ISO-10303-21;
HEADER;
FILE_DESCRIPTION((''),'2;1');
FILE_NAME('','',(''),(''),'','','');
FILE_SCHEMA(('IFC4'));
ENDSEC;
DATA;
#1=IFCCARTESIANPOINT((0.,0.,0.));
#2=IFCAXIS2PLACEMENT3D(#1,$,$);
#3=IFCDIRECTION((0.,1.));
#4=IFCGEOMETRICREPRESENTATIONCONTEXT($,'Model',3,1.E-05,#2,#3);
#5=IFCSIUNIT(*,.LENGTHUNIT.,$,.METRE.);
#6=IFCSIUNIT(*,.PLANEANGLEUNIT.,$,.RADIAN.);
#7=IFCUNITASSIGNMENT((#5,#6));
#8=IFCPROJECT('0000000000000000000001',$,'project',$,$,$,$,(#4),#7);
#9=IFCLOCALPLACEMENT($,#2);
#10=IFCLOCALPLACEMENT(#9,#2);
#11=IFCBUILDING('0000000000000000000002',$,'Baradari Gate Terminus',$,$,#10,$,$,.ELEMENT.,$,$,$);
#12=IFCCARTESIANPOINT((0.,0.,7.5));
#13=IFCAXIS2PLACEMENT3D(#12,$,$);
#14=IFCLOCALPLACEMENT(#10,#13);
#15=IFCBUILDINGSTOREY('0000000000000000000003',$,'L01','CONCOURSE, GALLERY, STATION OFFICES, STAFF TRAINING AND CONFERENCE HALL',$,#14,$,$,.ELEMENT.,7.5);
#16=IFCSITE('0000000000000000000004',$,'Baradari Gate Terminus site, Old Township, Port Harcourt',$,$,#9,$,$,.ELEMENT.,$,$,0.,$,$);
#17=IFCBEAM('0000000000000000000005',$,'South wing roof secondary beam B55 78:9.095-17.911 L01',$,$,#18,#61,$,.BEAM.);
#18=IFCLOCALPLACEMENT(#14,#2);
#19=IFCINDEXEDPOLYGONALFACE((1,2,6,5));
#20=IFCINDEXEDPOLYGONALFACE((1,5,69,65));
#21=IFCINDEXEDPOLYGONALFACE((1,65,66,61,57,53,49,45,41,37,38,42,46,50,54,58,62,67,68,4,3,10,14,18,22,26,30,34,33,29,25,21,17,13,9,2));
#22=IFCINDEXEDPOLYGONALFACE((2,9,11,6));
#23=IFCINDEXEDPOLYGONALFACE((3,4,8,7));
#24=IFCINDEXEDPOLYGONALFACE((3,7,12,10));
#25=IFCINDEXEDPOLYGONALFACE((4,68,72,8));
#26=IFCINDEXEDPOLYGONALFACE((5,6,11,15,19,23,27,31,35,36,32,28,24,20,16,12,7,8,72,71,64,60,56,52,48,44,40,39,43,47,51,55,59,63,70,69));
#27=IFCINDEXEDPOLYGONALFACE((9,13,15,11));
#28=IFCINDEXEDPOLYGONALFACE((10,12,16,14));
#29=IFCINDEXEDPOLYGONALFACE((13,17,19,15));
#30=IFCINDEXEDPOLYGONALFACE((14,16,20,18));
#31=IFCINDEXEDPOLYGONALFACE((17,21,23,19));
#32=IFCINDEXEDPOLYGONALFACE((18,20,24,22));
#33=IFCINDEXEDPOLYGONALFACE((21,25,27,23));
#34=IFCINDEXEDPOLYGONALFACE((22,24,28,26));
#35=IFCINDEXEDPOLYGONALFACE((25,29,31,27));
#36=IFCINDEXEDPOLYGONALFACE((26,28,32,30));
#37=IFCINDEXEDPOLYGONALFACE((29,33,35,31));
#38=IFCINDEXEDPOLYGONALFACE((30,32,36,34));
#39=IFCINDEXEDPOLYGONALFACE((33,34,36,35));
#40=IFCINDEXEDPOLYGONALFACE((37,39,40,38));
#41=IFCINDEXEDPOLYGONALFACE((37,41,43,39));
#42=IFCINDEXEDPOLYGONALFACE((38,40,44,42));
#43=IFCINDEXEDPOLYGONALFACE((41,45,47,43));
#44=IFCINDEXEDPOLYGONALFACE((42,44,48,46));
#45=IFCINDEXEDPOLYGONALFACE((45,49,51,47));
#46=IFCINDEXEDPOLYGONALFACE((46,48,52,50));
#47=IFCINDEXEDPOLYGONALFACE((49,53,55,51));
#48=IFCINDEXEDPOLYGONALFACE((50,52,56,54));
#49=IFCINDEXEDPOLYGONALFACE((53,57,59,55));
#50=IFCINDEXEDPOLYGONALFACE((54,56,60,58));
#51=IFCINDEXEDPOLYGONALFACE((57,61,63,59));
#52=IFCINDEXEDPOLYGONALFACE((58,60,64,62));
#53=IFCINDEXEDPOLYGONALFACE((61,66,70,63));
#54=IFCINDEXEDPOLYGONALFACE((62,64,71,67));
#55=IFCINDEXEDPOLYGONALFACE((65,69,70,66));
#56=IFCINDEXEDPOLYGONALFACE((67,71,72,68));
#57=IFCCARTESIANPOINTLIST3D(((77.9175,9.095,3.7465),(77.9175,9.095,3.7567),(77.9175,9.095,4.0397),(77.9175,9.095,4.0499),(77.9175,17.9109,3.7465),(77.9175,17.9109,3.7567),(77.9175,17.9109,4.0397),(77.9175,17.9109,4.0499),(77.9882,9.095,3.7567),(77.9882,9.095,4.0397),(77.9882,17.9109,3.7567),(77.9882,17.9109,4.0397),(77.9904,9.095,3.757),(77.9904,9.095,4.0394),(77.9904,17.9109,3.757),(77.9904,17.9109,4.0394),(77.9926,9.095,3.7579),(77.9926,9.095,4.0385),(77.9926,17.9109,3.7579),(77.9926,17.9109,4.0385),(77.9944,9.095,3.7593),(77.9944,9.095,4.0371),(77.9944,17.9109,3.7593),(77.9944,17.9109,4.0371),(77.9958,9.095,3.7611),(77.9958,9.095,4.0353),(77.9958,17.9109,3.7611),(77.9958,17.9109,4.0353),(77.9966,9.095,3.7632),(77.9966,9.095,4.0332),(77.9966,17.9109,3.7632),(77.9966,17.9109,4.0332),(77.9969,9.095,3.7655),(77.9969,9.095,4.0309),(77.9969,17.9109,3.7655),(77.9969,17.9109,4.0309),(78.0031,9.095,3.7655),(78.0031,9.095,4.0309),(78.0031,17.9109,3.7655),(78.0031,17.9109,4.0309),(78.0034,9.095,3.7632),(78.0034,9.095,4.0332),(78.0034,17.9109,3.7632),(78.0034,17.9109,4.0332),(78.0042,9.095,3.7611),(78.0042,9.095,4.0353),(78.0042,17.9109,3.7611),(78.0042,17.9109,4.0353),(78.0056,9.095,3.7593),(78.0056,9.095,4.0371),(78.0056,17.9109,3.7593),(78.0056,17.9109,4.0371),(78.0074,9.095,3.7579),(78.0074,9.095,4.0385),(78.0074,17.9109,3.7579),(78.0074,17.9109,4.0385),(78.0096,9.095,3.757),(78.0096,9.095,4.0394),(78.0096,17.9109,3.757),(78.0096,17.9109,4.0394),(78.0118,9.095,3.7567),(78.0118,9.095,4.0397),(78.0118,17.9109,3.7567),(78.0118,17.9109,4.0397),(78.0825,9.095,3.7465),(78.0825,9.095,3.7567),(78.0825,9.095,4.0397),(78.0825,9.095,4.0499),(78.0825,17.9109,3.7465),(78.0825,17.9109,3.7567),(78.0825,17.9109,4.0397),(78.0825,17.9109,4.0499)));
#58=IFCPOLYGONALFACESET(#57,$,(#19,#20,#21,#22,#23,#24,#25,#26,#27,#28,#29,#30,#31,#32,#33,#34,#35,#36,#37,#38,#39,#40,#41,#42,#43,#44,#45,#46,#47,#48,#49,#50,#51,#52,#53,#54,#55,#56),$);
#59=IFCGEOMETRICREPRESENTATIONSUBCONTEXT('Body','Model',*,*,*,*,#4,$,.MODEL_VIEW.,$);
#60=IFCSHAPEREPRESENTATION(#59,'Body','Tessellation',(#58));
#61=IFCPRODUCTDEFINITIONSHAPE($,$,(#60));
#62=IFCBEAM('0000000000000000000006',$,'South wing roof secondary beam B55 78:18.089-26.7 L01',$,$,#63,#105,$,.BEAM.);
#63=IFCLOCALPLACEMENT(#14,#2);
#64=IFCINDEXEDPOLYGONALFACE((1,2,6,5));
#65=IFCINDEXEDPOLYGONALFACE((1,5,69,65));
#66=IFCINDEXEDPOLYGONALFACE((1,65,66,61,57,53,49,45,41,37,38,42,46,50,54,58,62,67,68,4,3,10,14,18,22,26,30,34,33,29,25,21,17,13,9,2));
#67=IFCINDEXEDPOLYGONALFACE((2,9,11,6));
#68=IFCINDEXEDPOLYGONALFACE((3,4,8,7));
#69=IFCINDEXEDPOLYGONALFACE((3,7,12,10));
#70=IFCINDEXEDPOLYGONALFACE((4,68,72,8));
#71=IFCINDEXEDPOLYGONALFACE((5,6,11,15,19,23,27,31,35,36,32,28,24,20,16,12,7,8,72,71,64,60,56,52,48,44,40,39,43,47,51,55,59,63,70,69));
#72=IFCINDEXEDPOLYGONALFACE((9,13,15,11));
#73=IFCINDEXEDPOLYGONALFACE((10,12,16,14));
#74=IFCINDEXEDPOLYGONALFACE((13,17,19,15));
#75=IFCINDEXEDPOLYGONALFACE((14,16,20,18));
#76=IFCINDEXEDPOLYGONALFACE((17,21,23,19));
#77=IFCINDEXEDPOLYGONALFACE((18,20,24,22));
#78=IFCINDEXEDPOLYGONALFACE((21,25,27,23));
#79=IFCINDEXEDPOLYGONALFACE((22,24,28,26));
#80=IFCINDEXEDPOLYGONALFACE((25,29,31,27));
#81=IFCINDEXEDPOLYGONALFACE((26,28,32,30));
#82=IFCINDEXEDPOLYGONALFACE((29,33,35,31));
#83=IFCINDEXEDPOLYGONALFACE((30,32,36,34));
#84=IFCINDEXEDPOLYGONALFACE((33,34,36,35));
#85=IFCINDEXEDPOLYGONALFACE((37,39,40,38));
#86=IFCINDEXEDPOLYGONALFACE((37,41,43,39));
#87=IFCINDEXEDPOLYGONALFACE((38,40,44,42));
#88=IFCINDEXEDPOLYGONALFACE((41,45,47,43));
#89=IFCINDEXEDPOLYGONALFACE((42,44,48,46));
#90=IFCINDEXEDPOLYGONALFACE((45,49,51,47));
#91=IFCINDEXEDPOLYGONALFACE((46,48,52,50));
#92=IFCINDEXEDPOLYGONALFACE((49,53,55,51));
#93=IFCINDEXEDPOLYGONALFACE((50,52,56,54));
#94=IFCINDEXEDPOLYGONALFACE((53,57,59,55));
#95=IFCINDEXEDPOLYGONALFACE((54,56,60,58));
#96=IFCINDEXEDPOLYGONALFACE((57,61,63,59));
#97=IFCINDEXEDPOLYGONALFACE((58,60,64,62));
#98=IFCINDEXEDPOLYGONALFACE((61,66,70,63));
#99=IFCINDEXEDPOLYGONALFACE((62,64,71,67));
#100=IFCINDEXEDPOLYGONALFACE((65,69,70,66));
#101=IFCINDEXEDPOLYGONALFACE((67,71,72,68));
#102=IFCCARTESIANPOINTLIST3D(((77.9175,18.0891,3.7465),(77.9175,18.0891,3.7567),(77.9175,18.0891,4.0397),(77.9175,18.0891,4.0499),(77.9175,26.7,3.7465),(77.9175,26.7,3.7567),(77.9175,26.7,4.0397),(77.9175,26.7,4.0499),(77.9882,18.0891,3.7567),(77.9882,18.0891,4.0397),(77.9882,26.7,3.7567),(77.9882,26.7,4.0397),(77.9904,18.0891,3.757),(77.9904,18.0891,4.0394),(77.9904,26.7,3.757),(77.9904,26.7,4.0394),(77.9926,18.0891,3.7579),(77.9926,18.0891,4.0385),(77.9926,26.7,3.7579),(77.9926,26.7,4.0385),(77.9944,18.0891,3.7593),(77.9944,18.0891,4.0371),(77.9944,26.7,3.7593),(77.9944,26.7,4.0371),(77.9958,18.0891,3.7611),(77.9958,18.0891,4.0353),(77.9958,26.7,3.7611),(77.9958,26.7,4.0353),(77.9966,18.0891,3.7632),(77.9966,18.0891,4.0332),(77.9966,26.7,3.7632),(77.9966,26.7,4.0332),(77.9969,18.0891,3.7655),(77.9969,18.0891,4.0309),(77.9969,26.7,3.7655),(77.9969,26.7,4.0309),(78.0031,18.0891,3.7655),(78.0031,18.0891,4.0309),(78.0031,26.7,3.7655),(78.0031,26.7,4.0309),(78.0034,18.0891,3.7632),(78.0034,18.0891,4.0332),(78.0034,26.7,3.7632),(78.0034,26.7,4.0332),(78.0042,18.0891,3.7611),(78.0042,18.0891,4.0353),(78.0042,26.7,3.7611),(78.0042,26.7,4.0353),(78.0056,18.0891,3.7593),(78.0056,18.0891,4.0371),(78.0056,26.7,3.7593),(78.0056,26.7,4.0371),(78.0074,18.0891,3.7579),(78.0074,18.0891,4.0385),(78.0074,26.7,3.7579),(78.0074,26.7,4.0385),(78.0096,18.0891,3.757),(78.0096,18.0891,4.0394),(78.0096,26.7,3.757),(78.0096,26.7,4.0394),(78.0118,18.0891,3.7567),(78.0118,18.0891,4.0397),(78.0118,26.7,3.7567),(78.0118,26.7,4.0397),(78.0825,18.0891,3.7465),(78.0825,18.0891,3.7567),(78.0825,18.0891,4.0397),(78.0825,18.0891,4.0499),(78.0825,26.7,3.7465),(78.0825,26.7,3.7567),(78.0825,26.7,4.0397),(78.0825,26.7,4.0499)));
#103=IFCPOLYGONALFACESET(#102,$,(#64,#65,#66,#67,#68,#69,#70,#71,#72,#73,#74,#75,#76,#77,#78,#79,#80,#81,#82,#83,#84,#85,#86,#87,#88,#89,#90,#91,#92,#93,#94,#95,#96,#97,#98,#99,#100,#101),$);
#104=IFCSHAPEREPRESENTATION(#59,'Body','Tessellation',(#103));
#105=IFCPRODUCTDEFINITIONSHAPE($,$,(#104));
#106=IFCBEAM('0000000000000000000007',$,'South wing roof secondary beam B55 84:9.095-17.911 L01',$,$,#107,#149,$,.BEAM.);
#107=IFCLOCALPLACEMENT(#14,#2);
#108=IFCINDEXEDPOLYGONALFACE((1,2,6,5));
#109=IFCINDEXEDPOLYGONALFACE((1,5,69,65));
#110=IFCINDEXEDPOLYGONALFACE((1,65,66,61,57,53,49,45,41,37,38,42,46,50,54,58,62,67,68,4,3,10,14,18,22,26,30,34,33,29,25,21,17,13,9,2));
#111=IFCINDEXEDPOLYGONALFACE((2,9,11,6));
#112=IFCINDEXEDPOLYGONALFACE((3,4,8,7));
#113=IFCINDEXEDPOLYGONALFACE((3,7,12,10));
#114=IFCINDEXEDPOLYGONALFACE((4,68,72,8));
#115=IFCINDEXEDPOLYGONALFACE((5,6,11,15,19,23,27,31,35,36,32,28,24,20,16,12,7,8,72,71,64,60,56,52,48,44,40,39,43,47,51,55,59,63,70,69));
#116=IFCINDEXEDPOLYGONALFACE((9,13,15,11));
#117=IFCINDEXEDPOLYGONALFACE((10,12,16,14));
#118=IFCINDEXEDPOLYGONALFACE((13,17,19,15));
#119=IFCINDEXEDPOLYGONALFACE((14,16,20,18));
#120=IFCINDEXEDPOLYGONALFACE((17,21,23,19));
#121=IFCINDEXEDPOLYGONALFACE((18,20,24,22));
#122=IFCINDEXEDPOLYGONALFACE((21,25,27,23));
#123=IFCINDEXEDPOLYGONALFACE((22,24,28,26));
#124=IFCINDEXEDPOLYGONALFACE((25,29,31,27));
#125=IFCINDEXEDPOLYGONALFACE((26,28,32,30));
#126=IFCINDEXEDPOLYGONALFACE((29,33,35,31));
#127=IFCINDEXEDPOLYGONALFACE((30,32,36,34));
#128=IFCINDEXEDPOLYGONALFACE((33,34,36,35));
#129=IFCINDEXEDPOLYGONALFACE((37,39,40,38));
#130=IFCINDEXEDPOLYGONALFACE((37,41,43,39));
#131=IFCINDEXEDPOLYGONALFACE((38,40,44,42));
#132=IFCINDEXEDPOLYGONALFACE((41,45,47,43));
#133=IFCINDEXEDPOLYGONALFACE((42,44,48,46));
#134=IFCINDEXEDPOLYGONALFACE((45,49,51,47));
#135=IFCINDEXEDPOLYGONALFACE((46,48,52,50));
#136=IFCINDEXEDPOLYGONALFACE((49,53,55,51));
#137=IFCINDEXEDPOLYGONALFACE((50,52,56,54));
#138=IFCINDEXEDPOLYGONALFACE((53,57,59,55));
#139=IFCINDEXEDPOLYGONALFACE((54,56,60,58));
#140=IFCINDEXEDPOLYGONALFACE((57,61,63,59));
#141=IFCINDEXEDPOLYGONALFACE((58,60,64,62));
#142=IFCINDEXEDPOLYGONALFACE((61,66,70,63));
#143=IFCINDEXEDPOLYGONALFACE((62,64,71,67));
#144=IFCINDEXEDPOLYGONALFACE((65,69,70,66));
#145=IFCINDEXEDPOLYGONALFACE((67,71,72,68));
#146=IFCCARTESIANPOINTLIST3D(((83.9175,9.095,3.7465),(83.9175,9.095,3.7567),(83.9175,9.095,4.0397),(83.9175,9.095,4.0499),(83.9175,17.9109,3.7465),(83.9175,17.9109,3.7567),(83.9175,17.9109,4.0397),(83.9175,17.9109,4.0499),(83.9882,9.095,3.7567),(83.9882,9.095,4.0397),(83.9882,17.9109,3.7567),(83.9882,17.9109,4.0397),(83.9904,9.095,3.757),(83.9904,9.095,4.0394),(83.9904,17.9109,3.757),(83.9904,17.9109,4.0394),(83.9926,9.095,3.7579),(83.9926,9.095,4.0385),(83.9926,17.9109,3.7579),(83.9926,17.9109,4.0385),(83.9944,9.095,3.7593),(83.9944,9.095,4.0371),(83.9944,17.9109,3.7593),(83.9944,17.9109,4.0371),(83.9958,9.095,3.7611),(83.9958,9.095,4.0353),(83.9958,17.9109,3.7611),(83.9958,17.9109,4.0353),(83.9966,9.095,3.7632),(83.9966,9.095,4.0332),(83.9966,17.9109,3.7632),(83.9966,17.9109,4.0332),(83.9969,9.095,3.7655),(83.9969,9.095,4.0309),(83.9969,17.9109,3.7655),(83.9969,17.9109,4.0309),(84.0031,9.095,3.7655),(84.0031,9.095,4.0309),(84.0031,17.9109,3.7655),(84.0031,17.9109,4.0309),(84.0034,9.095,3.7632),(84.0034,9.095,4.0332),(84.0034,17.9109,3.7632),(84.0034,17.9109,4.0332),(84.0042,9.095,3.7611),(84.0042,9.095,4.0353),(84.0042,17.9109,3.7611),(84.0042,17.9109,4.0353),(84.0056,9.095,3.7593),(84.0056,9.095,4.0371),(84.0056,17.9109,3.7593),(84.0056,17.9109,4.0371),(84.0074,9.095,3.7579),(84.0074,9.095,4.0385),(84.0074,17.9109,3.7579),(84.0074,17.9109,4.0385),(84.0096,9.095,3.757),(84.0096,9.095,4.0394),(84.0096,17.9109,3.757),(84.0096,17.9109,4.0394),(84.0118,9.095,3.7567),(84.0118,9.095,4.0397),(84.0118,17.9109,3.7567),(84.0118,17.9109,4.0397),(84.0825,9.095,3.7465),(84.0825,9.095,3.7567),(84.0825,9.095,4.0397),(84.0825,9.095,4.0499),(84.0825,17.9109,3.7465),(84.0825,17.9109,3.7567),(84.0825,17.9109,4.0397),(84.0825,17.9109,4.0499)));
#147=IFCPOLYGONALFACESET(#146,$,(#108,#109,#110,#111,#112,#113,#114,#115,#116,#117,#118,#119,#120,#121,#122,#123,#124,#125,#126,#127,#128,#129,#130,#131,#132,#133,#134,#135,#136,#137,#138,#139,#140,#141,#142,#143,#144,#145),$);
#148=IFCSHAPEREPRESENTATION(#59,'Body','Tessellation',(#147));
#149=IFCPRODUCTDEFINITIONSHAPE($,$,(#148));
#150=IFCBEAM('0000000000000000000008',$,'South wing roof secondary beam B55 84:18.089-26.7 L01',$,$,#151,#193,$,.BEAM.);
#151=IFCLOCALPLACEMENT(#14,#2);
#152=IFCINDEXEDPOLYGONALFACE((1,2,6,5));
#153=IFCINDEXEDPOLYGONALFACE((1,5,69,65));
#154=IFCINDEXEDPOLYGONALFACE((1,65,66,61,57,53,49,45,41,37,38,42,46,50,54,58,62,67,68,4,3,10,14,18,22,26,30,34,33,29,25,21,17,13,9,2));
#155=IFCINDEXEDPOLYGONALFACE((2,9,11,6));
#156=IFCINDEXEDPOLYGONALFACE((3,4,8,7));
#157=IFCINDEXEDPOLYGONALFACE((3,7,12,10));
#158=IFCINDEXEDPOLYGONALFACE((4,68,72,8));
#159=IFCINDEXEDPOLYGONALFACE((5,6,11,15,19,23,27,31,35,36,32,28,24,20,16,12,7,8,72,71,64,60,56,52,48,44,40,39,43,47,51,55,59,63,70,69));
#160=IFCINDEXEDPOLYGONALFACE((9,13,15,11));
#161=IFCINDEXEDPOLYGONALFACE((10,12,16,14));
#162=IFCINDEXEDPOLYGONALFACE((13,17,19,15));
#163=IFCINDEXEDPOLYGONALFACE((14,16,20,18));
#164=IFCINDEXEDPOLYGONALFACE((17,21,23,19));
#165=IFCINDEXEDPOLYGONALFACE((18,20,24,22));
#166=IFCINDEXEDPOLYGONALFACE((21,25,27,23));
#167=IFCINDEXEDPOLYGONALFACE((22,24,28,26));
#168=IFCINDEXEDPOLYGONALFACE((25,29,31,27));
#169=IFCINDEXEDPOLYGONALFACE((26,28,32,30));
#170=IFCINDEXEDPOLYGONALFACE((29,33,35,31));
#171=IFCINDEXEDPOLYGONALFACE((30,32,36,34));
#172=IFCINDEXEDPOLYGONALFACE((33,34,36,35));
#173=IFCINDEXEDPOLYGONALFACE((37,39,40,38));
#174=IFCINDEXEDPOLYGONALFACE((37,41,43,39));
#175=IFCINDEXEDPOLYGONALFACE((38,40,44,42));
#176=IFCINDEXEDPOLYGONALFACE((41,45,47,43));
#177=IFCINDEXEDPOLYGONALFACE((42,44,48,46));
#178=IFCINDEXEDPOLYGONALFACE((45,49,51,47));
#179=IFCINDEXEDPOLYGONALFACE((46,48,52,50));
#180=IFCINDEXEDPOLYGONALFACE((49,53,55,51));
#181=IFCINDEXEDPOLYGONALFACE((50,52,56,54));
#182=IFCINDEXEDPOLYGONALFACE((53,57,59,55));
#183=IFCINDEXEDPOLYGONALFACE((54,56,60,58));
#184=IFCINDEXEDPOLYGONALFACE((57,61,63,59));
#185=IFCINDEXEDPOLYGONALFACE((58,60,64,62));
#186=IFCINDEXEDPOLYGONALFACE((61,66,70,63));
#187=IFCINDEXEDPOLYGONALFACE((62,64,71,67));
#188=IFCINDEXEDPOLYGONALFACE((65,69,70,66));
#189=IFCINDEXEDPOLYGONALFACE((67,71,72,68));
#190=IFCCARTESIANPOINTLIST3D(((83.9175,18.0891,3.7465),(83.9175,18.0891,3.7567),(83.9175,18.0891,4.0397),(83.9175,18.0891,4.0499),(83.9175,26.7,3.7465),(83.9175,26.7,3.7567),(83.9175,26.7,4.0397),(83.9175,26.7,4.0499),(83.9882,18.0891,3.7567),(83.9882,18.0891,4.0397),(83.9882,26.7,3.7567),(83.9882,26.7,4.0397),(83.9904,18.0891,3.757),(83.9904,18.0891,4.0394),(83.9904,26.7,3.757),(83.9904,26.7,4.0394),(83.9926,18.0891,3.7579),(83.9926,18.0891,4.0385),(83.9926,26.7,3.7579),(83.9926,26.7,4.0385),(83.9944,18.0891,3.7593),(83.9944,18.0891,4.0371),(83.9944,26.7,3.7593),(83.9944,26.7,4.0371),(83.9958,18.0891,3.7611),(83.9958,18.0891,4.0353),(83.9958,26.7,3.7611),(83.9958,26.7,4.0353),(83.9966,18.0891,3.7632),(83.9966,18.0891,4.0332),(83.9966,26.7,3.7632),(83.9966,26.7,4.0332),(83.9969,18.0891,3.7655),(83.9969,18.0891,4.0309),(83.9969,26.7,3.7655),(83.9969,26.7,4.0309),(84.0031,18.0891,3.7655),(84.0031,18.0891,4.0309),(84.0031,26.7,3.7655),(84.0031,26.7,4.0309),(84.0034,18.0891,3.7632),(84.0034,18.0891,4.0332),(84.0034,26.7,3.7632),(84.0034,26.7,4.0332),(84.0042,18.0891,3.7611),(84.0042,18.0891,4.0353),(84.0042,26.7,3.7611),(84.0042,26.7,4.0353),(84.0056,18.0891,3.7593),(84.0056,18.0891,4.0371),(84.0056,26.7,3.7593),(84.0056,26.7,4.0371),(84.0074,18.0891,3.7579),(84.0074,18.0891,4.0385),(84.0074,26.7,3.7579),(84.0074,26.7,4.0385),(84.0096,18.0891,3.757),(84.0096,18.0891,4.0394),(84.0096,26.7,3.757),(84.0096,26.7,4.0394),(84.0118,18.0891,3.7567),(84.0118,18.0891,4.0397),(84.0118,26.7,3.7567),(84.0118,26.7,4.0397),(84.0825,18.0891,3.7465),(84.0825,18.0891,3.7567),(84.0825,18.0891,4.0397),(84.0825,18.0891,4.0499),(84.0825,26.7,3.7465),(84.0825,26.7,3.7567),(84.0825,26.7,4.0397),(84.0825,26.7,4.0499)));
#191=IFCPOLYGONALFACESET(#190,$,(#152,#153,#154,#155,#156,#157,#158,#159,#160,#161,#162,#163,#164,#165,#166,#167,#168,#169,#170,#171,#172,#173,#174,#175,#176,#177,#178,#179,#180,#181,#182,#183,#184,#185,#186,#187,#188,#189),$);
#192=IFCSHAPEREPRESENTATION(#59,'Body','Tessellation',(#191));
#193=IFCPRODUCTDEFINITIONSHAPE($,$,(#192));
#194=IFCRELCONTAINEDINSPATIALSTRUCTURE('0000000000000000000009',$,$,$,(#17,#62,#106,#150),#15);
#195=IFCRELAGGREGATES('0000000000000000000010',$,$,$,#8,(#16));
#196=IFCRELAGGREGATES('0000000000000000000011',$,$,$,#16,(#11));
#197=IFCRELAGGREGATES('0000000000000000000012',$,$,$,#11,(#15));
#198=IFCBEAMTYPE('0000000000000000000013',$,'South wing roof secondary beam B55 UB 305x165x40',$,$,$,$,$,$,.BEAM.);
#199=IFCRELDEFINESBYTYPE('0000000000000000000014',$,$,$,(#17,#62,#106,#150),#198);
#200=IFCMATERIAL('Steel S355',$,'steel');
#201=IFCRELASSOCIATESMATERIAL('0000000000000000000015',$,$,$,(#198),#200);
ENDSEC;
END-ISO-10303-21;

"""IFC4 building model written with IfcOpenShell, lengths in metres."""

from ifc_helpers import new_model, si_unit, direction, frame, origin, origin_2d, place, context, subcontext, project, spatial, i_section, extrude, material, material_profile, profile_set, type_object, element, save


model = new_model("IFC4")

# Units and contexts
model_context = context("Model", 3, precision=1e-05, world=origin(), true_north=direction((0.0, 1.0)))
body_context = subcontext(model_context, "Body", "Model", "MODEL_VIEW")
ifc_project = project(units=[si_unit("LENGTHUNIT", "METRE"), si_unit("PLANEANGLEUNIT", "RADIAN")], contexts=[model_context])

# Site, building, storey
site_placement = place(None, origin())
site = spatial("IfcSite", under=ifc_project, at=site_placement, Name="Baradari Gate Terminus site, Old Township, Port Harcourt", CompositionType="ELEMENT", RefElevation=0.0)
building_placement = place(site_placement, origin())
building = spatial("IfcBuilding", under=site, at=building_placement, Name="Baradari Gate Terminus", CompositionType="ELEMENT")
storey_placement = place(building_placement, frame((0.0, 0.0, 7.5)))
storey = spatial("IfcBuildingStorey", under=building, at=storey_placement, Name="L01", Description="CONCOURSE, GALLERY, STATION OFFICES, STAFF TRAINING AND CONFERENCE HALL", CompositionType="ELEMENT", Elevation=7.5)

# Beams
ifc_material_1 = material(Name="Steel S355", Category="steel")
ifc_material_profile_1 = material_profile(ifc_material_1, i_section(OverallWidth=0.165, OverallDepth=0.3035, WebThickness=0.0061, FlangeThickness=0.0103, FilletRadius=0.0088, at=origin_2d()), Name="UB 305x165x40")
ifc_profile_set_1 = profile_set([ifc_material_profile_1], Name="Steel S355")
beam_type_1 = type_object("IfcBeamType", Name="South wing roof secondary beam B55 UB 305x165x40", PredefinedType="BEAM", material=ifc_profile_set_1)
beam_1_placement = place(storey_placement, frame((78.0, 9.095, 3.8982), z_axis=(0.0, 1.0, 0.0), x_axis=(-1.0, 0.0, 0.0)))
element("IfcBeam", 1, at=beam_1_placement, inside=storey, type_object=beam_type_1, Name="South wing roof secondary beam B55 78:9.095-17.911 L01", PredefinedType="BEAM", context=body_context, shape_type="SweptSolid", body=[
    extrude(i_section(OverallWidth=0.165, OverallDepth=0.3035, WebThickness=0.0061, FlangeThickness=0.0103, FilletRadius=0.0088, at=origin_2d()), origin(), (0.0, 0.0, 1.0), 8.8159),
])
beam_2_placement = place(storey_placement, frame((78.0, 18.0891, 3.8982), z_axis=(0.0, 1.0, 0.0), x_axis=(-1.0, 0.0, 0.0)))
element("IfcBeam", 2, at=beam_2_placement, inside=storey, type_object=beam_type_1, Name="South wing roof secondary beam B55 78:18.089-26.7 L01", PredefinedType="BEAM", context=body_context, shape_type="SweptSolid", body=[
    extrude(i_section(OverallWidth=0.165, OverallDepth=0.3035, WebThickness=0.0061, FlangeThickness=0.0103, FilletRadius=0.0088, at=origin_2d()), origin(), (0.0, 0.0, 1.0), 8.6108),
])
beam_3_placement = place(storey_placement, frame((84.0, 9.095, 3.8982), z_axis=(0.0, 1.0, 0.0), x_axis=(-1.0, 0.0, 0.0)))
element("IfcBeam", 3, at=beam_3_placement, inside=storey, type_object=beam_type_1, Name="South wing roof secondary beam B55 84:9.095-17.911 L01", PredefinedType="BEAM", context=body_context, shape_type="SweptSolid", body=[
    extrude(i_section(OverallWidth=0.165, OverallDepth=0.3035, WebThickness=0.0061, FlangeThickness=0.0103, FilletRadius=0.0088, at=origin_2d()), origin(), (0.0, 0.0, 1.0), 8.8159),
])
beam_4_placement = place(storey_placement, frame((84.0, 18.0891, 3.8982), z_axis=(0.0, 1.0, 0.0), x_axis=(-1.0, 0.0, 0.0)))
element("IfcBeam", 4, at=beam_4_placement, inside=storey, type_object=beam_type_1, Name="South wing roof secondary beam B55 84:18.089-26.7 L01", PredefinedType="BEAM", context=body_context, shape_type="SweptSolid", body=[
    extrude(i_section(OverallWidth=0.165, OverallDepth=0.3035, WebThickness=0.0061, FlangeThickness=0.0103, FilletRadius=0.0088, at=origin_2d()), origin(), (0.0, 0.0, 1.0), 8.6108),
])

save(model, "model.ifc")
